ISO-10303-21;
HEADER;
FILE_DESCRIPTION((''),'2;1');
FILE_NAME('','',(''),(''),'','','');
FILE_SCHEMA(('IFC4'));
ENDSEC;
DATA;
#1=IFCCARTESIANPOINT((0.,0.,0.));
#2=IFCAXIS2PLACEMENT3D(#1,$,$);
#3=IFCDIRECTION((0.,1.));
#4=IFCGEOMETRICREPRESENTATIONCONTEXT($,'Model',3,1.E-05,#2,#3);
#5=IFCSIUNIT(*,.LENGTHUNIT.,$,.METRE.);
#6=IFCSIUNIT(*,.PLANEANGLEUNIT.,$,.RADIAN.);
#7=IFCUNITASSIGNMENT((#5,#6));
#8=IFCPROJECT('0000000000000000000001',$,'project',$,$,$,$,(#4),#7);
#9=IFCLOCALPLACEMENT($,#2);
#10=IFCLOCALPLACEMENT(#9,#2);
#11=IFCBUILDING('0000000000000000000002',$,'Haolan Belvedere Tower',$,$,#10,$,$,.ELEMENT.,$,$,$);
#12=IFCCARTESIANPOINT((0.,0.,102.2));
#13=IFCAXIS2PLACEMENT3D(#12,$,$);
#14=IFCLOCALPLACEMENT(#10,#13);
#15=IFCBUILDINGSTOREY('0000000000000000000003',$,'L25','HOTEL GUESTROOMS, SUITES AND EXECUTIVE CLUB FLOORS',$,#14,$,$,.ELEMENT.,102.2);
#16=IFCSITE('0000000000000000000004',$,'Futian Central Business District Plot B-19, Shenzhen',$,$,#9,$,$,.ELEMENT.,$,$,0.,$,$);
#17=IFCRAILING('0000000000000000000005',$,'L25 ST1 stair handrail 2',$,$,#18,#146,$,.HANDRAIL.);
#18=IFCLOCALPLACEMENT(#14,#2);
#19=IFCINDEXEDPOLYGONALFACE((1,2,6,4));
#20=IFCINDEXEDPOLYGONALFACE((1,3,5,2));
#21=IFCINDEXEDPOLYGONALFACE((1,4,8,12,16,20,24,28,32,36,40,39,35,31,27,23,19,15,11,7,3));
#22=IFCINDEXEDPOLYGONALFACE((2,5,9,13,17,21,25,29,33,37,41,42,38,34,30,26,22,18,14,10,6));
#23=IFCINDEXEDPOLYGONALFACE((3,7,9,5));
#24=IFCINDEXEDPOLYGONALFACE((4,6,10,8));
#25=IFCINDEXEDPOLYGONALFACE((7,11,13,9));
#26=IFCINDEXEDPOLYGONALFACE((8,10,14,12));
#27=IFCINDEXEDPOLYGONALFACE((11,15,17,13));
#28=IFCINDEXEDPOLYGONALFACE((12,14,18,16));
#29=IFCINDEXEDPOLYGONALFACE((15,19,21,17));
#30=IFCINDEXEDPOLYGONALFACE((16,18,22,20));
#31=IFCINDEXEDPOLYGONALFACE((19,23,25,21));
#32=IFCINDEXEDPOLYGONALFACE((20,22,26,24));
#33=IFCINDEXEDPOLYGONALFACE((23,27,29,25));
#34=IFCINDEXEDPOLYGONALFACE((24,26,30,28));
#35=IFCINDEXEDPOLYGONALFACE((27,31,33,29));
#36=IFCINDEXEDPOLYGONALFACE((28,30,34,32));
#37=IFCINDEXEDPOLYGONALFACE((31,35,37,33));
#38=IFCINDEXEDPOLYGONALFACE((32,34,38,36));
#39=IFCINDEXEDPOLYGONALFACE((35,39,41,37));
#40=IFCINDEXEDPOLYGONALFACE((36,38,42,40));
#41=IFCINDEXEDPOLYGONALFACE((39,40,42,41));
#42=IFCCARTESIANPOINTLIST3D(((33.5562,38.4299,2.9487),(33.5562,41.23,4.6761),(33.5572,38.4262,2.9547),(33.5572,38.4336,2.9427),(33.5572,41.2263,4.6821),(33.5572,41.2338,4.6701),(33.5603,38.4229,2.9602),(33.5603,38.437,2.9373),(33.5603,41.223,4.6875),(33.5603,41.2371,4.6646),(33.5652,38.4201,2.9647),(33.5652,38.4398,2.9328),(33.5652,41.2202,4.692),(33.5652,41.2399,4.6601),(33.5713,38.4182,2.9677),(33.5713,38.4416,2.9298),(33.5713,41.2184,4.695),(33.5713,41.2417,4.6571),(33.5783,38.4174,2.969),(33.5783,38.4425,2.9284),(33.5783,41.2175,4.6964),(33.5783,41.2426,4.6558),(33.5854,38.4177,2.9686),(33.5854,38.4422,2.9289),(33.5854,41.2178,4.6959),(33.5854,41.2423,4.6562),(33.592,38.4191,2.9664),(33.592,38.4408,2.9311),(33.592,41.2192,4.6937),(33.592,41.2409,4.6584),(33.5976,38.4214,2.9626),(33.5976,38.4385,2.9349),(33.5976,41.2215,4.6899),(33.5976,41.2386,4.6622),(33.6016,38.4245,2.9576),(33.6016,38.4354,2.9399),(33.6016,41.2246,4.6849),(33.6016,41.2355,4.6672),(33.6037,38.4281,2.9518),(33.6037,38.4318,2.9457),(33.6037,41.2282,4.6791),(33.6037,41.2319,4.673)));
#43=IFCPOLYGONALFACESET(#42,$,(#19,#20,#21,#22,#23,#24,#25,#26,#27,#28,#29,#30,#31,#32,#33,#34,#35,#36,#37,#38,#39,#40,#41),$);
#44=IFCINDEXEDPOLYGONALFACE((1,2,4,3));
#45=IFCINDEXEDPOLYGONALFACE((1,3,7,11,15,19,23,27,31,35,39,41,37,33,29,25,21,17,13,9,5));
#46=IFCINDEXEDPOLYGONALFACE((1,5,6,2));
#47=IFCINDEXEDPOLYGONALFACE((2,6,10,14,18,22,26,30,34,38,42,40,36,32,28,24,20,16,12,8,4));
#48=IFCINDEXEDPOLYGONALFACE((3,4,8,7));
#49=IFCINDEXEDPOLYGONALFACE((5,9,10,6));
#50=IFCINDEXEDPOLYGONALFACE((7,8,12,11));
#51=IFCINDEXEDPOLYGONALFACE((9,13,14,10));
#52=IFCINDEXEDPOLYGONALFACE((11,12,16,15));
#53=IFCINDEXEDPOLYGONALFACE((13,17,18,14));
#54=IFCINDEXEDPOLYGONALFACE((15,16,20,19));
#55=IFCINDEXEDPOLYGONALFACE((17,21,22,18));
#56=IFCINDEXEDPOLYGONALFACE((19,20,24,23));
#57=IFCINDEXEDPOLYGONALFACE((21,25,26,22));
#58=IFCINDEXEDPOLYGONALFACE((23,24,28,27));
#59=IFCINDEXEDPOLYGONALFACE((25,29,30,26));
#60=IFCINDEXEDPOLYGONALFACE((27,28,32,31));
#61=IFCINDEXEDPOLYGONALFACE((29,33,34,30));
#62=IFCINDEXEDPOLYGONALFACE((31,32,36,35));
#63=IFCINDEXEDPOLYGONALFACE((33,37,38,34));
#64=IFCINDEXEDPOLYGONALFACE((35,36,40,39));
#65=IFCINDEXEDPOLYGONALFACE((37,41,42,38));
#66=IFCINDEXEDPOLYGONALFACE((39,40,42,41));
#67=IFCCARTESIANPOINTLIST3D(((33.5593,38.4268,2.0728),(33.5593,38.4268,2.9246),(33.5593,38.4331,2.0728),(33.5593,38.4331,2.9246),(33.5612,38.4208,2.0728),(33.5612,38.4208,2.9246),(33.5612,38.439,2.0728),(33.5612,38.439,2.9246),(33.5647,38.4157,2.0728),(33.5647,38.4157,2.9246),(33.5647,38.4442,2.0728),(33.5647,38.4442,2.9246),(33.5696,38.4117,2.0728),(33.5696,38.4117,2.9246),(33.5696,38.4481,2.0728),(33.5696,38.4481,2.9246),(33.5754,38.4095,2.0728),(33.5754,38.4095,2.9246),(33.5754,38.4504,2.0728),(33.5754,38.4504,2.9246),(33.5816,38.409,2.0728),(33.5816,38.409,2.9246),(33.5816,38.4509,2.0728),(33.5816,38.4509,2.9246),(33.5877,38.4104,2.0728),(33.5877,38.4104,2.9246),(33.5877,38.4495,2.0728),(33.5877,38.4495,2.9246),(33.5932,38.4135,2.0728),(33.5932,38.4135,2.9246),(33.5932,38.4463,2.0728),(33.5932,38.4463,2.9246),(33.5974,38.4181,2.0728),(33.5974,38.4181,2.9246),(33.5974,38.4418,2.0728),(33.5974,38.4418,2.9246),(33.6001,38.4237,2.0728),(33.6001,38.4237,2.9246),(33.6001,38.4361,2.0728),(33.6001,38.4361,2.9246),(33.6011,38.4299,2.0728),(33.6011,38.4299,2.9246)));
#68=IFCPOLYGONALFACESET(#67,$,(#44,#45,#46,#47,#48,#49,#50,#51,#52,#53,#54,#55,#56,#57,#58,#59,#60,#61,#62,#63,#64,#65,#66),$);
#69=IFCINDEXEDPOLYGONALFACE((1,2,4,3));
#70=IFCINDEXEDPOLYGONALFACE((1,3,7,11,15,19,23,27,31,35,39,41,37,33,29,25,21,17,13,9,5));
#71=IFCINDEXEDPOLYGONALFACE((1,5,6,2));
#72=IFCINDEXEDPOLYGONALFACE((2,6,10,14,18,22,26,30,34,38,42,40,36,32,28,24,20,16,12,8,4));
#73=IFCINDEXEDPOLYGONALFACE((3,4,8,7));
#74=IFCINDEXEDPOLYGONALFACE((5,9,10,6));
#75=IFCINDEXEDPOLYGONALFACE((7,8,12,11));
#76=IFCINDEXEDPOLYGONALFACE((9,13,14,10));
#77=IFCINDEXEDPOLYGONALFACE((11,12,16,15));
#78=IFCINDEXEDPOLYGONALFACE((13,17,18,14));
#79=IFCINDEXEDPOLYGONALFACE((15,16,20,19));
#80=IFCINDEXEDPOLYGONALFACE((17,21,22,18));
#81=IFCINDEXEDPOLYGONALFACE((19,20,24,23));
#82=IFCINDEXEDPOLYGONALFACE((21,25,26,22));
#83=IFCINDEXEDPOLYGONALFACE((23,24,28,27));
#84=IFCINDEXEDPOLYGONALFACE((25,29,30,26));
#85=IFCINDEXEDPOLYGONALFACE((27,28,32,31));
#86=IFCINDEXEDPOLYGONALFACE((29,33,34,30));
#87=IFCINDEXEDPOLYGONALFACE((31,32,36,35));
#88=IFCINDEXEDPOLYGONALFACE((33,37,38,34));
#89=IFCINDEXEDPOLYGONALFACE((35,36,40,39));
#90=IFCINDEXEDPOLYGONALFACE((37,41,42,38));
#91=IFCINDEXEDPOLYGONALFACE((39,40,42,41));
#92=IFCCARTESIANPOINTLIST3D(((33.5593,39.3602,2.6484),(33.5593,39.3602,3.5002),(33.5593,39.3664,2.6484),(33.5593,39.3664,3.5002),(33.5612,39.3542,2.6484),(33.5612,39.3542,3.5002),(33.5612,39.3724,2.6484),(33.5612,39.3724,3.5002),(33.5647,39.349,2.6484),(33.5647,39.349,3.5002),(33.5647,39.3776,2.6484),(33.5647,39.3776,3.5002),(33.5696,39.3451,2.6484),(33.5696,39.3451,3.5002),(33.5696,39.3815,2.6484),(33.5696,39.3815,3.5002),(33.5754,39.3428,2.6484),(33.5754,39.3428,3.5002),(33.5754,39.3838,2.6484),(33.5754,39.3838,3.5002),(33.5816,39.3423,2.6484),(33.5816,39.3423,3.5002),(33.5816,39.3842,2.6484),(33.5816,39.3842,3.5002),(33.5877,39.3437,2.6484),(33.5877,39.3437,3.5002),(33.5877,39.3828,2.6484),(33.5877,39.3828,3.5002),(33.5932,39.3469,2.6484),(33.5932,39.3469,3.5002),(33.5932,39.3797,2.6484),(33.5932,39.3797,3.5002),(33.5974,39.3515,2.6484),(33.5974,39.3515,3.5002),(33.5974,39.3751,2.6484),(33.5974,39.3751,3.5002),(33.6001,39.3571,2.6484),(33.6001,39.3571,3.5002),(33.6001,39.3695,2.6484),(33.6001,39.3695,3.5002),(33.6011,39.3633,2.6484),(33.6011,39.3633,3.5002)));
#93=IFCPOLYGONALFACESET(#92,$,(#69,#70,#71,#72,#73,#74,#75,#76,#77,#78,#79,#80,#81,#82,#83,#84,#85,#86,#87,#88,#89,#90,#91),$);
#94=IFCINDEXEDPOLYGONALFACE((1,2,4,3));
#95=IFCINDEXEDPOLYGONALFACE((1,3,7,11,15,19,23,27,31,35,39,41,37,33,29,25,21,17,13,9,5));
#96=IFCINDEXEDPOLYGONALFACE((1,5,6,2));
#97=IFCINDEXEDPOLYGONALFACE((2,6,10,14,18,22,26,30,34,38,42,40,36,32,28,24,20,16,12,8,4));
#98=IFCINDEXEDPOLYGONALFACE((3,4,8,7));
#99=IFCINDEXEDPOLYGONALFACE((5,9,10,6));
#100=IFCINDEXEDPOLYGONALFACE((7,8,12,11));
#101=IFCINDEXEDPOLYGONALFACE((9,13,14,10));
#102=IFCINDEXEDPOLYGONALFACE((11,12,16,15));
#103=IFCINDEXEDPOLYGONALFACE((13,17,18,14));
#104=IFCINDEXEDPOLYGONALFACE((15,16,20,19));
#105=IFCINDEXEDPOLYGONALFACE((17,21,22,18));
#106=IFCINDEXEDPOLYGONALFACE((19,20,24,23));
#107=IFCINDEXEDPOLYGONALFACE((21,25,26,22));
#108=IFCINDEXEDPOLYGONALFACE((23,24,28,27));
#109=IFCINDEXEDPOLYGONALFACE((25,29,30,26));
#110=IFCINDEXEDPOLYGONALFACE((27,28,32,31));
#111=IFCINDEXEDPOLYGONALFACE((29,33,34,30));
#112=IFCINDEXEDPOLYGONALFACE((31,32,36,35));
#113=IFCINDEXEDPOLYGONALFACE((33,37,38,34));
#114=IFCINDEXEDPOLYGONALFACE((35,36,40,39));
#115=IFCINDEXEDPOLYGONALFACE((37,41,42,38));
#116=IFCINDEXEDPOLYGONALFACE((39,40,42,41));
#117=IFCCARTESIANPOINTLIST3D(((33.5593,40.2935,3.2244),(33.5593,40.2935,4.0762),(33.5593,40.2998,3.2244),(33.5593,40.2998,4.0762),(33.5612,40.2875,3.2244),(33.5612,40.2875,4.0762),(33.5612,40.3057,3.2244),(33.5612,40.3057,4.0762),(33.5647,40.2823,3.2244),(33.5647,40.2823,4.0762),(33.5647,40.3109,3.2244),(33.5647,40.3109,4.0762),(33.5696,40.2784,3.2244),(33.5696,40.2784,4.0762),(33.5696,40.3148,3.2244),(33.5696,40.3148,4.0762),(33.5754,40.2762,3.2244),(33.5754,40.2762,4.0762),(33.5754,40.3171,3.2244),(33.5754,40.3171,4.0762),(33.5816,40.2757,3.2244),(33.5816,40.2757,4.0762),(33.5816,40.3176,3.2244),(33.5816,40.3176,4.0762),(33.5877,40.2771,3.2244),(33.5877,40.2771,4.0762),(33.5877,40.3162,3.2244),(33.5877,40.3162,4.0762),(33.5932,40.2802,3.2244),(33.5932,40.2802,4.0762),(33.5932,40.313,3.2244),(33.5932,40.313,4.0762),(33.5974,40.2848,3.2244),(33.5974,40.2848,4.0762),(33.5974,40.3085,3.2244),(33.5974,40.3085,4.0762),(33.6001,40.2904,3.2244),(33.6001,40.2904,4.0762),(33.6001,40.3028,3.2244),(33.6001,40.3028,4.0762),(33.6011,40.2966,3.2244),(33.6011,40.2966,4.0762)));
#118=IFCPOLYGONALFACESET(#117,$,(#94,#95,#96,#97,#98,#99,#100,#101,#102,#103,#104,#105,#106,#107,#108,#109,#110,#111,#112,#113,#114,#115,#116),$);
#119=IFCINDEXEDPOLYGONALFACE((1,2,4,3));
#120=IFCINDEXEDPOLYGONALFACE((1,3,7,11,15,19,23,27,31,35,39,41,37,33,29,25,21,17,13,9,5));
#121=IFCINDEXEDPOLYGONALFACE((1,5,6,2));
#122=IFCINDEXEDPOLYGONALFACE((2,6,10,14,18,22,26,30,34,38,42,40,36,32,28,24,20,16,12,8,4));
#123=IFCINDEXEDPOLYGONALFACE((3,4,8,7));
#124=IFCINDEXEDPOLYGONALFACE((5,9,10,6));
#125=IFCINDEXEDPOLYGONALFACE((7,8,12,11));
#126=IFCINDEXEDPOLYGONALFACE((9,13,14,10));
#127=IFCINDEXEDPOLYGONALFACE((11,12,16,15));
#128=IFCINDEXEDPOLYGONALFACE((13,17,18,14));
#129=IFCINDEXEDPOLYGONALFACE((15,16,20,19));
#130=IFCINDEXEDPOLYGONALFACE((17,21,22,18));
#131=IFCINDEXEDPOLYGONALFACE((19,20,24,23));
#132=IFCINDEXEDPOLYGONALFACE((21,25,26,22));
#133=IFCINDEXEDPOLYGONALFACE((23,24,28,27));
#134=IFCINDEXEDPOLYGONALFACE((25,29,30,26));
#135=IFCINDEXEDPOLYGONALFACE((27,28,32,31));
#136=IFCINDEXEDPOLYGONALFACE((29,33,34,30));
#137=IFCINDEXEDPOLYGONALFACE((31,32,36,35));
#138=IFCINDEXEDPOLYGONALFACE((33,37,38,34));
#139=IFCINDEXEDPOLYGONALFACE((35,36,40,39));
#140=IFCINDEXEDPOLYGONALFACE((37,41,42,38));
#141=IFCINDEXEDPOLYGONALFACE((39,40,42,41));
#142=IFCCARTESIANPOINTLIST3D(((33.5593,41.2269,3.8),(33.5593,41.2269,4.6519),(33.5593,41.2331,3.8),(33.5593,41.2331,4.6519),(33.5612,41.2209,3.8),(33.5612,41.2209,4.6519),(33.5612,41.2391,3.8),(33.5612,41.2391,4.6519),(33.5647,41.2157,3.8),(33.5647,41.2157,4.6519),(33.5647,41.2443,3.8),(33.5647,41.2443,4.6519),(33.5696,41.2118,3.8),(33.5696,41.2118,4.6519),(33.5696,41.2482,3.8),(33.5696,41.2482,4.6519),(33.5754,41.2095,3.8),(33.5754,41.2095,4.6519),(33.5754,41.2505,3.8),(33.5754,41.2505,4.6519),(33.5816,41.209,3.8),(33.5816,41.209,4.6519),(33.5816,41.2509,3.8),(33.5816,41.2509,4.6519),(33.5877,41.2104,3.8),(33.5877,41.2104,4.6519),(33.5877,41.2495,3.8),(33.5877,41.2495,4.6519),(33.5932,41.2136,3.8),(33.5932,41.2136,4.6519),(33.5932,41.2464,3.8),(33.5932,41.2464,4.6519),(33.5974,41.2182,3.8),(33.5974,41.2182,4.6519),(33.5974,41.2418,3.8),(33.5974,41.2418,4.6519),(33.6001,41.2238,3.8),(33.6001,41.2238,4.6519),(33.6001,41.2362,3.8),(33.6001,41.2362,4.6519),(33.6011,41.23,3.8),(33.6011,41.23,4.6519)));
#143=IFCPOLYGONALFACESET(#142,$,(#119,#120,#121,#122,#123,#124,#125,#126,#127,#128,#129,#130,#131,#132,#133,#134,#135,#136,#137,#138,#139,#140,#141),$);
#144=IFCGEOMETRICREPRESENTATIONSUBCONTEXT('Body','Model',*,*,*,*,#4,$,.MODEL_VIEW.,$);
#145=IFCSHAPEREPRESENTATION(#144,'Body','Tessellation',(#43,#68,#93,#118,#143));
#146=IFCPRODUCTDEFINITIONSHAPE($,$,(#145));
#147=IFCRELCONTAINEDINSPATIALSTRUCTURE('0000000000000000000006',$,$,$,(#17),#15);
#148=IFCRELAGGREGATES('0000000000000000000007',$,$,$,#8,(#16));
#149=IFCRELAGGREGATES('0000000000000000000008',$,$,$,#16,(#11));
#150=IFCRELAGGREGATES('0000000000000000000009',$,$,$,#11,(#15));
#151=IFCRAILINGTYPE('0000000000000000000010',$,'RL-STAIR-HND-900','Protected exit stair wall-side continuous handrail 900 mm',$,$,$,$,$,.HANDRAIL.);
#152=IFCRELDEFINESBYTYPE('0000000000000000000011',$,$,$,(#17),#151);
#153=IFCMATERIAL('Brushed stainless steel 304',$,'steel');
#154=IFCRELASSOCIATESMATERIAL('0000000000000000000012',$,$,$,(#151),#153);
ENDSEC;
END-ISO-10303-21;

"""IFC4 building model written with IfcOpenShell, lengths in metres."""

from ifc_helpers import new_model, si_unit, direction, frame, origin, origin_2d, place, context, subcontext, project, spatial, circle, extrude, material, type_object, element, save


model = new_model("IFC4")

# Units and contexts
model_context = context("Model", 3, precision=1e-05, world=origin(), true_north=direction((0.0, 1.0)))
body_context = subcontext(model_context, "Body", "Model", "MODEL_VIEW")
ifc_project = project(units=[si_unit("LENGTHUNIT", "METRE"), si_unit("PLANEANGLEUNIT", "RADIAN")], contexts=[model_context])

# Site, building, storey
site_placement = place(None, origin())
site = spatial("IfcSite", under=ifc_project, at=site_placement, Name="Futian Central Business District Plot B-19, Shenzhen", CompositionType="ELEMENT", RefElevation=0.0)
building_placement = place(site_placement, origin())
building = spatial("IfcBuilding", under=site, at=building_placement, Name="Haolan Belvedere Tower", CompositionType="ELEMENT")
storey_placement = place(building_placement, frame((0.0, 0.0, 102.2)))
storey = spatial("IfcBuildingStorey", under=building, at=storey_placement, Name="L25", Description="HOTEL GUESTROOMS, SUITES AND EXECUTIVE CLUB FLOORS", CompositionType="ELEMENT", Elevation=102.2)

# Railing
ifc_material_1 = material(Name="Brushed stainless steel 304", Category="steel")
railing_type_1 = type_object("IfcRailingType", Name="RL-STAIR-HND-900", Description="Protected exit stair wall-side continuous handrail 900 mm", PredefinedType="HANDRAIL", material=ifc_material_1)
railing_1_placement = place(storey_placement, frame((33.5801, 38.4299, 2.0728)))
element("IfcRailing", 1, at=railing_1_placement, inside=storey, type_object=railing_type_1, Name="L25 ST1 stair handrail 2", PredefinedType="HANDRAIL", context=body_context, shape_type="SweptSolid", body=[
    extrude(circle(Radius=0.0239, at=origin_2d()), frame((0.0, 0.0, 0.876), z_axis=(0.0, 0.85109, 0.52502), x_axis=(-1.0, 0.0, 0.0)), (0.0, 0.0, 1.0), 3.29),
    extrude(circle(Radius=0.021, at=origin_2d()), origin(), (0.0, 0.0, 1.0), 0.8518),
    extrude(circle(Radius=0.021, at=origin_2d()), frame((0.0, 0.9333, 0.5757)), (0.0, 0.0, 1.0), 0.8518),
    extrude(circle(Radius=0.021, at=origin_2d()), frame((0.0, 1.8667, 1.1516)), (0.0, 0.0, 1.0), 0.8518),
    extrude(circle(Radius=0.021, at=origin_2d()), frame((0.0, 2.8, 1.7273)), (0.0, 0.0, 1.0), 0.8518),
])

save(model, "model.ifc")
